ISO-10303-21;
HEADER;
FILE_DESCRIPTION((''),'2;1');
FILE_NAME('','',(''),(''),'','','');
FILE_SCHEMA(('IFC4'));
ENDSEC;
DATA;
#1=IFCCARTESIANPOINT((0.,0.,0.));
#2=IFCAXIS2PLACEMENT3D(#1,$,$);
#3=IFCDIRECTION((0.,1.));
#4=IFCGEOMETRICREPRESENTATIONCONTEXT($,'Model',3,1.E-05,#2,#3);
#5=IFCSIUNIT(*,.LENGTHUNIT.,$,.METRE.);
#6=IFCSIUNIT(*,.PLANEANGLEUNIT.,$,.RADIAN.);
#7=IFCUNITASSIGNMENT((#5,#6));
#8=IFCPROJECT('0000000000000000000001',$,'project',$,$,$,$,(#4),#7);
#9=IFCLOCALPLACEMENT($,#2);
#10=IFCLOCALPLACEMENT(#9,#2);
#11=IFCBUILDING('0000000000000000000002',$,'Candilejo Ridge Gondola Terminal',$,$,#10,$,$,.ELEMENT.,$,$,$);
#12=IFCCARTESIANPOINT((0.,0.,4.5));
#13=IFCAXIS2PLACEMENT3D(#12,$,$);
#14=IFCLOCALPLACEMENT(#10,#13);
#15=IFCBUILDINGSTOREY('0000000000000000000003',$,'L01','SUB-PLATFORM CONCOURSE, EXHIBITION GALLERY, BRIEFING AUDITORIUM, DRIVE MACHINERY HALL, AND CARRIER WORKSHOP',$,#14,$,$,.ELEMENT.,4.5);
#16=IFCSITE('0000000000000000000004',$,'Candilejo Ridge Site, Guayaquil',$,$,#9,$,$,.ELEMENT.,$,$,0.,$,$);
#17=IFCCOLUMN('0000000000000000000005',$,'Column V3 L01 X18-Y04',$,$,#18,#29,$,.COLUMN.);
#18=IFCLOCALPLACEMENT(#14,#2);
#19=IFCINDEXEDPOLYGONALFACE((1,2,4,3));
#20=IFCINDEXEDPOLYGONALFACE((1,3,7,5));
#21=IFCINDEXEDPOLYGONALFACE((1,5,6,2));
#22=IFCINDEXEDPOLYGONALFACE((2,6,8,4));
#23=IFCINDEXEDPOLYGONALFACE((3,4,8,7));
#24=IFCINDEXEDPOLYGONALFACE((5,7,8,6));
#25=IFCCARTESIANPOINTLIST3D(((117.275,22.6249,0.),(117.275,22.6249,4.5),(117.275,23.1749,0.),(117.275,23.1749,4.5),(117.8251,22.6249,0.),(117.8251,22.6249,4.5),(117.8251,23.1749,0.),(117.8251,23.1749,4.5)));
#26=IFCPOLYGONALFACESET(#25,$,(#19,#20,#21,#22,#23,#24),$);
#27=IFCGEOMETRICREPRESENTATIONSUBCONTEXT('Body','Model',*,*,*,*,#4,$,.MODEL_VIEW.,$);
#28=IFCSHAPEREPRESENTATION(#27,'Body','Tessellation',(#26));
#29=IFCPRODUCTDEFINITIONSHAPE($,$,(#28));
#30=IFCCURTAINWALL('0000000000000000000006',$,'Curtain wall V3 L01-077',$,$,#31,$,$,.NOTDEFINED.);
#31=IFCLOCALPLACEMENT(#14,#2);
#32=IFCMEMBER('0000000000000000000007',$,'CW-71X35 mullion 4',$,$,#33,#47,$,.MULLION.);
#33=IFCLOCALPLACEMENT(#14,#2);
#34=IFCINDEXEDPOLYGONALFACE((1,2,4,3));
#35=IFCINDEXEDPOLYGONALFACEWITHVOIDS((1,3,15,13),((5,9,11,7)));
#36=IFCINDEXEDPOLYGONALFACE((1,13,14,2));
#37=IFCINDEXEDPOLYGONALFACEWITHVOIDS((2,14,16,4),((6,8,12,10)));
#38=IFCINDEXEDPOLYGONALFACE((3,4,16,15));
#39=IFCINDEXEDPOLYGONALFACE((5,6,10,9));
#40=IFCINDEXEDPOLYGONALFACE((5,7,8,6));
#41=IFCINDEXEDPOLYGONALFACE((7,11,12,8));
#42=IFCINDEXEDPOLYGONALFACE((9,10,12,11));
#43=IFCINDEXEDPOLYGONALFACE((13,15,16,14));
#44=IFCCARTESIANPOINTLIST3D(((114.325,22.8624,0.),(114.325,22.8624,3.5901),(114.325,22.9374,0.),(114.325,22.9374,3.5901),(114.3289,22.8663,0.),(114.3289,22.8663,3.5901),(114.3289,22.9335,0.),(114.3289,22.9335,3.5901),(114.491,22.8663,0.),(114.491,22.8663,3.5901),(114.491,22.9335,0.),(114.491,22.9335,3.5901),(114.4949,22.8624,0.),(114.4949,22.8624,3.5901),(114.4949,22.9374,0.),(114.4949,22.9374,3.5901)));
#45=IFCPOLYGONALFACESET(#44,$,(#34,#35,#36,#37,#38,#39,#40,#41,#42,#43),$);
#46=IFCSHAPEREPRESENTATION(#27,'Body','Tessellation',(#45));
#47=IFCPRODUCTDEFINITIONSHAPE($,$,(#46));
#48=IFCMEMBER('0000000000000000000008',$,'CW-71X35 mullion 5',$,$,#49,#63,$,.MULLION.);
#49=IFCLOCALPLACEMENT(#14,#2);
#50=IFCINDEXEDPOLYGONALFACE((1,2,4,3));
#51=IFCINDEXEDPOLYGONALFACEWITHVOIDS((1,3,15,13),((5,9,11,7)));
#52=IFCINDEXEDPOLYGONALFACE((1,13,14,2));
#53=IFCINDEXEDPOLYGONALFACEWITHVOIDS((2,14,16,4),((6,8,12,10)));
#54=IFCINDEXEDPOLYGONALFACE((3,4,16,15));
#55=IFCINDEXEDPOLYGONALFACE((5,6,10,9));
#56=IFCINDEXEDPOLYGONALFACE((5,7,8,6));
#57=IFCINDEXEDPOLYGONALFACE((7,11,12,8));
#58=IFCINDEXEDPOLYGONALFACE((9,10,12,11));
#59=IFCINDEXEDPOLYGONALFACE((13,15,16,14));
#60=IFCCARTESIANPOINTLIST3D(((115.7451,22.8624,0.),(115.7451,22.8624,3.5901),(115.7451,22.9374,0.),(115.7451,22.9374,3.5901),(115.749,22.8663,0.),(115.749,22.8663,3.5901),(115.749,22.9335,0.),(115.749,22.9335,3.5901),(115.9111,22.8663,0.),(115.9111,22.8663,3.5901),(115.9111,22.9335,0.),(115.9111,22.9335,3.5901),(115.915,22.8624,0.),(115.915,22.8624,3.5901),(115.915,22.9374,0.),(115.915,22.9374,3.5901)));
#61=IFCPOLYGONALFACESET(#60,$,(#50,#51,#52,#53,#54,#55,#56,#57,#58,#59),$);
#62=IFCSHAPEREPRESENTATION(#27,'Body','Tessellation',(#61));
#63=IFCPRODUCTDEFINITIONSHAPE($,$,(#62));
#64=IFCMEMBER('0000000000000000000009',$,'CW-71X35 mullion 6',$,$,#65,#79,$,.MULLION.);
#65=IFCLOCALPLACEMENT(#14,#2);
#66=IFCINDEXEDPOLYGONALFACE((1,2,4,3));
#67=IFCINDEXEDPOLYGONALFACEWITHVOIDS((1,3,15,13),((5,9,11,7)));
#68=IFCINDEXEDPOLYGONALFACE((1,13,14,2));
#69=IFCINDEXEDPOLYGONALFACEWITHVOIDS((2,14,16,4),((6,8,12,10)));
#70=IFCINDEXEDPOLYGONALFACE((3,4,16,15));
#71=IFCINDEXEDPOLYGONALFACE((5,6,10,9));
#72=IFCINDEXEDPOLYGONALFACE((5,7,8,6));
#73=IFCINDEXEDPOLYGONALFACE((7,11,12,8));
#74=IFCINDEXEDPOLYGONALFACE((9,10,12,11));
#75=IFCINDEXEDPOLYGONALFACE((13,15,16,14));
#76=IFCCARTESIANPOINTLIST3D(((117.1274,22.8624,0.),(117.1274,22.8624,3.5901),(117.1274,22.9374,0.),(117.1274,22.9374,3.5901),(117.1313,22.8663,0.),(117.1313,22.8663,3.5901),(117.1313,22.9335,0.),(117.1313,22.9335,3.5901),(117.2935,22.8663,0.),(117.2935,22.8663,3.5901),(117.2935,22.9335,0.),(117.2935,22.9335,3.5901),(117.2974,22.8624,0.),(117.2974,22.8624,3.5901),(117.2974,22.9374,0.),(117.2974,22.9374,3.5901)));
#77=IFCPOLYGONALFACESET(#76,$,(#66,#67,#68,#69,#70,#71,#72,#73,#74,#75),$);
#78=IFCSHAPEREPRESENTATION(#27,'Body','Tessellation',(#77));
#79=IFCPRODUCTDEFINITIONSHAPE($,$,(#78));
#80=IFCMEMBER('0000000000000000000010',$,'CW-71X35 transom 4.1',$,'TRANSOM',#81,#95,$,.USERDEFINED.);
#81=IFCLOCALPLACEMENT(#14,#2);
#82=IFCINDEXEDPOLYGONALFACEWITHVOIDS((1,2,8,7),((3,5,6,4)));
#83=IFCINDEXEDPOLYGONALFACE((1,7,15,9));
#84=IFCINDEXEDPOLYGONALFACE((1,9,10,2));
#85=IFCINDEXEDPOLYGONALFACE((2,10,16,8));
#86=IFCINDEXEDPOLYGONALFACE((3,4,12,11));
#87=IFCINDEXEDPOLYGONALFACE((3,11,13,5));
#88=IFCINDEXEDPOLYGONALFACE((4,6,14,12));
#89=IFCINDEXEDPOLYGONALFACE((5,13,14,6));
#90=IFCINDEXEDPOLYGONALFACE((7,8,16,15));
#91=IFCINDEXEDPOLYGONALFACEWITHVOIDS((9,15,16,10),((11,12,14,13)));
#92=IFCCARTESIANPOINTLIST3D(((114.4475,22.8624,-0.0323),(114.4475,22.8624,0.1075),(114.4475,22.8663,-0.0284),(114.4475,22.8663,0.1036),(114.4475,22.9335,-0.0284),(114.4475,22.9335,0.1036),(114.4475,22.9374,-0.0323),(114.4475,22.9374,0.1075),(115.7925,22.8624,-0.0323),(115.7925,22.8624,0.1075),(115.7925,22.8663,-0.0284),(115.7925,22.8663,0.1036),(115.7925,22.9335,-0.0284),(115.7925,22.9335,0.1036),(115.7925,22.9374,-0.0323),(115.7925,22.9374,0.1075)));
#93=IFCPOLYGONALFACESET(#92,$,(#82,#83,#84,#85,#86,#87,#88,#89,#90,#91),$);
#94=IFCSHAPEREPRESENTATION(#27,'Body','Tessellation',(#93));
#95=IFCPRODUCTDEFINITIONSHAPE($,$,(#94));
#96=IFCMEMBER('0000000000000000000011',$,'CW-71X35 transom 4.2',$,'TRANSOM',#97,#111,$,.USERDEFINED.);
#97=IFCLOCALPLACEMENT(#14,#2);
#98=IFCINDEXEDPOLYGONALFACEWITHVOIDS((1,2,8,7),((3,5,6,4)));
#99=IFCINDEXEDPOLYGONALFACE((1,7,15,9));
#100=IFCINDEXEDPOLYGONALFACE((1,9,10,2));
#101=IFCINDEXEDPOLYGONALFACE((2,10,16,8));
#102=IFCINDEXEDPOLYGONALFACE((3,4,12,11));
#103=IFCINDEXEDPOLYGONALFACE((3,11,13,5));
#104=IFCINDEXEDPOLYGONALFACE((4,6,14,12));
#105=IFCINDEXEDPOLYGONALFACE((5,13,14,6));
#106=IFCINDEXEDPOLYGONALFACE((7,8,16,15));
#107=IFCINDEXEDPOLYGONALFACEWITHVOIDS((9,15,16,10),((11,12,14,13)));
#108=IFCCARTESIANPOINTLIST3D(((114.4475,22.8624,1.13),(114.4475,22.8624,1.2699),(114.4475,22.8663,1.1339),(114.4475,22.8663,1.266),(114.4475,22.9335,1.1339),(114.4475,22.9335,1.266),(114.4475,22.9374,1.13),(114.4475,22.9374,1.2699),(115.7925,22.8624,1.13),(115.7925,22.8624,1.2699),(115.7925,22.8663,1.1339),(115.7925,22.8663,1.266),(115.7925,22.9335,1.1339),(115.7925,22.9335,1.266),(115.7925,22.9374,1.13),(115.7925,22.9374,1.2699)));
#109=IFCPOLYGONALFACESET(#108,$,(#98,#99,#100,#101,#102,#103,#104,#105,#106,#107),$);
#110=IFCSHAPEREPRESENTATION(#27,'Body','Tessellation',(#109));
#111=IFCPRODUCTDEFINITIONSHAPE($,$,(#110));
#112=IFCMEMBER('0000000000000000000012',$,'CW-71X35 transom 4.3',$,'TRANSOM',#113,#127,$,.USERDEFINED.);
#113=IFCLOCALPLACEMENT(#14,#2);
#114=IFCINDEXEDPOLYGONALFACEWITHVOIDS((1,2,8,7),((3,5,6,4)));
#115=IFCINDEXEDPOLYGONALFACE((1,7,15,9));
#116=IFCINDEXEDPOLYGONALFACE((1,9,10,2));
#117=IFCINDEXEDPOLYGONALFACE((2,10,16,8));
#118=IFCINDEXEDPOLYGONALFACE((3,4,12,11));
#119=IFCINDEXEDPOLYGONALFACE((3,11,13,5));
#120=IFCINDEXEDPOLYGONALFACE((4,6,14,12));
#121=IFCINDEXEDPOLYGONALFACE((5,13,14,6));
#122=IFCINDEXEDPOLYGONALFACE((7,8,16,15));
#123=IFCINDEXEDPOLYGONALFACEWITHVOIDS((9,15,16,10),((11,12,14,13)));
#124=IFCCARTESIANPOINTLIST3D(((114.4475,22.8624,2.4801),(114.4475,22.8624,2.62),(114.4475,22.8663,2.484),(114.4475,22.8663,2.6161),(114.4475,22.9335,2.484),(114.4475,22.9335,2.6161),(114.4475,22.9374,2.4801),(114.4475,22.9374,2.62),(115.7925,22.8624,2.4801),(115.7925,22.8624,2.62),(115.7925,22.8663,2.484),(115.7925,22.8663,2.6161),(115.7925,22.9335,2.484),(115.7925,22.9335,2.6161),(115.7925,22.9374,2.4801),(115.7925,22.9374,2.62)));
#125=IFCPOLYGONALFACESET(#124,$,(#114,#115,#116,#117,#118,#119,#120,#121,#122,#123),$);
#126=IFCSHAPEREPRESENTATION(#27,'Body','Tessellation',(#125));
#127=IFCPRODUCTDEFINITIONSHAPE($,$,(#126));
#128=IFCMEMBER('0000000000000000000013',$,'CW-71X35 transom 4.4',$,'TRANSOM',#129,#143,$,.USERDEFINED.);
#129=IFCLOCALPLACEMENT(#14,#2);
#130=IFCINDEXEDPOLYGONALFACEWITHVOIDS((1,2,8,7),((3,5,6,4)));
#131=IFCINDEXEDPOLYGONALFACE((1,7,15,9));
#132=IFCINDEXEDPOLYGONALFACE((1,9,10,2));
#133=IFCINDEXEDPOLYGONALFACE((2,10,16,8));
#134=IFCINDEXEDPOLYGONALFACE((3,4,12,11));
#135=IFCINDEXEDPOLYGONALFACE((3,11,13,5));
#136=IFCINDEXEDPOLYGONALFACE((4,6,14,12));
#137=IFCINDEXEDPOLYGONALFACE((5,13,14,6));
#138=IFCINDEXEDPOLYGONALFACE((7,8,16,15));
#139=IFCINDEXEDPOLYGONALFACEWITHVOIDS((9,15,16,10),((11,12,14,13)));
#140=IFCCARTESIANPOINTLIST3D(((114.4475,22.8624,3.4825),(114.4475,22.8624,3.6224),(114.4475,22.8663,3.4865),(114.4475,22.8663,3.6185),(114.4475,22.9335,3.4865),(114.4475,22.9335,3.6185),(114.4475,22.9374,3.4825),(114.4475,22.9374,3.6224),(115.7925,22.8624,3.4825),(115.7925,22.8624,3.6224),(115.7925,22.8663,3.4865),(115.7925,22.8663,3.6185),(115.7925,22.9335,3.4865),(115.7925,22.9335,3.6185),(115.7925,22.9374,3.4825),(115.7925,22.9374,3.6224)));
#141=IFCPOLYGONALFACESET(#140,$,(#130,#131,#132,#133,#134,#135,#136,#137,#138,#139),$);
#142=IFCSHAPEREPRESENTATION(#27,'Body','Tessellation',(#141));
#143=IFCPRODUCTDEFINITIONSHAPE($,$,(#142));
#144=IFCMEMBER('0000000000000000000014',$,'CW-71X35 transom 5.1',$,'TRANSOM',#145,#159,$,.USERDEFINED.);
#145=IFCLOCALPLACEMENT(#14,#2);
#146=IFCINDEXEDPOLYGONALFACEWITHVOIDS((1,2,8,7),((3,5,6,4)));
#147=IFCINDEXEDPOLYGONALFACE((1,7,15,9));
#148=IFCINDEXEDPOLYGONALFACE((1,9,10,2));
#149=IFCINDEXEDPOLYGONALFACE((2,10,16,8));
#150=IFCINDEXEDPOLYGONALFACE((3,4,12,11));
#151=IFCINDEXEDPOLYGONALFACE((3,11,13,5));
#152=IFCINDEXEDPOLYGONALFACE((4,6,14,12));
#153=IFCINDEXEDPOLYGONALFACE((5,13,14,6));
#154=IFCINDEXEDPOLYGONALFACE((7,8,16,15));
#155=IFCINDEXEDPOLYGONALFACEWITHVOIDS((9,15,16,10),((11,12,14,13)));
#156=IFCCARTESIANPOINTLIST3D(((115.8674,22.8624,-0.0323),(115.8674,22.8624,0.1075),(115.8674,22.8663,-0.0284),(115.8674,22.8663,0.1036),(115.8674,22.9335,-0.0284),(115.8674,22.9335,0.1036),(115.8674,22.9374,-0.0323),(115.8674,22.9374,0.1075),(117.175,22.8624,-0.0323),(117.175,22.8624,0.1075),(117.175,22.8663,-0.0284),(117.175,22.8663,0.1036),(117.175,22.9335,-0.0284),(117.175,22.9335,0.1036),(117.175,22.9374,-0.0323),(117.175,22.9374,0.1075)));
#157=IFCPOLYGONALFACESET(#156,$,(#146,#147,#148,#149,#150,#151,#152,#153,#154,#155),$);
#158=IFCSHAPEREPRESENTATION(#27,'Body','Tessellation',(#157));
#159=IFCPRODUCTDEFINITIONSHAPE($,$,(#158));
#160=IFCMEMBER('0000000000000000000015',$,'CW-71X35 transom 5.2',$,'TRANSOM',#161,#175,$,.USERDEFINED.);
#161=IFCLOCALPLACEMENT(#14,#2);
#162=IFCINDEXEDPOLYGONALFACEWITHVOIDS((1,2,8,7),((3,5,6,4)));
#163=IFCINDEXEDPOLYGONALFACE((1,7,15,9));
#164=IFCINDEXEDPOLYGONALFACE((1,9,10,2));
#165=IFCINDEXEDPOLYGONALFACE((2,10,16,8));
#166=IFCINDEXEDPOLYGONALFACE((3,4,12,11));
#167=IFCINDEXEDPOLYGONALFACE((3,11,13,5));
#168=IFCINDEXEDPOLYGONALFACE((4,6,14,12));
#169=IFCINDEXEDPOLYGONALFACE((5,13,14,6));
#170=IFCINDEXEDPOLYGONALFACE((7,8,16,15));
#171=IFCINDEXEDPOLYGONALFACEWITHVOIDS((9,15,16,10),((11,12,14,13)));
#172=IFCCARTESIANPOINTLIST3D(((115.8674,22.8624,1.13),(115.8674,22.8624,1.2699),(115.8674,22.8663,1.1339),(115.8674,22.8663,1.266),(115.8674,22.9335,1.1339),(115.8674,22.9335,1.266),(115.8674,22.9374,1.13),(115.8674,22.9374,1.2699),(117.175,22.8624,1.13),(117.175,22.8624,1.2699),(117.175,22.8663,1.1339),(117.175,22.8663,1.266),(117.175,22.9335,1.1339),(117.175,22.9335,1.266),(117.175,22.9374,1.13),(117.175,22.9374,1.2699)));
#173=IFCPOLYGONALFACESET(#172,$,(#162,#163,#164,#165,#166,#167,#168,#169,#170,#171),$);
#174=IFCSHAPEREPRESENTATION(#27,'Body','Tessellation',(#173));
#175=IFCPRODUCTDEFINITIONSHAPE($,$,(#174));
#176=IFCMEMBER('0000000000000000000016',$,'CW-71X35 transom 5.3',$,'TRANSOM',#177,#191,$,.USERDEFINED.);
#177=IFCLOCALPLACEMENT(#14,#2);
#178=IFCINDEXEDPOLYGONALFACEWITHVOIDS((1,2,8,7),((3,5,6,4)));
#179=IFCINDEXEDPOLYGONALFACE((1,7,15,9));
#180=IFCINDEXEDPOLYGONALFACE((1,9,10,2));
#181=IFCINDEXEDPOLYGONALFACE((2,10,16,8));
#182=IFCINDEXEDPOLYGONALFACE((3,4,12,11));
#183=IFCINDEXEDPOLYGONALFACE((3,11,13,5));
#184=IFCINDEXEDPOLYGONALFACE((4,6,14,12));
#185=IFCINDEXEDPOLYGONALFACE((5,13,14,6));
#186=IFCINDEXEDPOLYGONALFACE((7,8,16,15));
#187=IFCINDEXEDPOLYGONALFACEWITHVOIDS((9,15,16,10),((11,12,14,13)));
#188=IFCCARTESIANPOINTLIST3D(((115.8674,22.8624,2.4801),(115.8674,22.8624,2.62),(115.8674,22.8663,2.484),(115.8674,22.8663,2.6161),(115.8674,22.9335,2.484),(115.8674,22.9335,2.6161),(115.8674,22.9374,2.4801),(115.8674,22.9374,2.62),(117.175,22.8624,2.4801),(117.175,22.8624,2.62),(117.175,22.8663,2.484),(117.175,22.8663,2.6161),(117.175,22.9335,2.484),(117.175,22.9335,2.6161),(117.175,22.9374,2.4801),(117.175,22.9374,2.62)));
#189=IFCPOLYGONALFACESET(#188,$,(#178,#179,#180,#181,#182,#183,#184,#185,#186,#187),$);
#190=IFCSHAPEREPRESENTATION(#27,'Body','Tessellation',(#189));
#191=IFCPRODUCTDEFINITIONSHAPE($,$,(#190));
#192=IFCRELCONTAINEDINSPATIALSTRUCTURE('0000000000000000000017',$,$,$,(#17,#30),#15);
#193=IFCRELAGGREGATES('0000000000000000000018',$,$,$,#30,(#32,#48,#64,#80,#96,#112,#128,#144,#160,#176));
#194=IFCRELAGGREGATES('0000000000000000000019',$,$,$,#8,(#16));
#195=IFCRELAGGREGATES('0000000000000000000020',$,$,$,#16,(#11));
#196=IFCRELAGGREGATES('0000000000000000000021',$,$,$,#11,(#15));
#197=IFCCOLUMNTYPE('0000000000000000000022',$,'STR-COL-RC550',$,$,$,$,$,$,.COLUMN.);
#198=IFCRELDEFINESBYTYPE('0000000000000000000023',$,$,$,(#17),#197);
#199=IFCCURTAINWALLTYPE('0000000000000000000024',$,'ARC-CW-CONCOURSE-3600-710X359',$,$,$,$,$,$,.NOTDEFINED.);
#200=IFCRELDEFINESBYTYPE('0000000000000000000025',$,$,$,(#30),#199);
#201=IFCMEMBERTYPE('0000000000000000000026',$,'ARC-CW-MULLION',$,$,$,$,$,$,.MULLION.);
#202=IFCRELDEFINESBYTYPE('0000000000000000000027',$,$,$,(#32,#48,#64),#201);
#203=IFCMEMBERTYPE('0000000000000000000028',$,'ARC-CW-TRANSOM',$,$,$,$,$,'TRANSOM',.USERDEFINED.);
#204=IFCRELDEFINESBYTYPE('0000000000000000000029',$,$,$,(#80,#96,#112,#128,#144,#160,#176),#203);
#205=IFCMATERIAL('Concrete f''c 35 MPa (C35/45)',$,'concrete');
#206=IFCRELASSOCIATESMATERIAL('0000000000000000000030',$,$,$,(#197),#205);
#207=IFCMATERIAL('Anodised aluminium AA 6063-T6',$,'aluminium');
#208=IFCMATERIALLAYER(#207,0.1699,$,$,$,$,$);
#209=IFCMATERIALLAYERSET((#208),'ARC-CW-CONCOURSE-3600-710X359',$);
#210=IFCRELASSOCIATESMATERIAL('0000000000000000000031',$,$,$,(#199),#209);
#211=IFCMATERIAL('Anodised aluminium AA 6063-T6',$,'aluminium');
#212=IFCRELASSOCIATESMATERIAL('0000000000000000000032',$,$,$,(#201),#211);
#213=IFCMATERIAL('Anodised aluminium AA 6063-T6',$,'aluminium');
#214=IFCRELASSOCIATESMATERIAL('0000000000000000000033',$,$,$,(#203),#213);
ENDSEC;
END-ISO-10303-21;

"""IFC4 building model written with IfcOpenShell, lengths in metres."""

from ifc_helpers import new_model, si_unit, direction, frame, origin, origin_2d, place, context, subcontext, project, spatial, rectangle, hollow_rectangle, extrude, material, layer, layer_set, material_profile, profile_set, type_object, element, aggregate, save


model = new_model("IFC4")

# Units and contexts
model_context = context("Model", 3, precision=1e-05, world=origin(), true_north=direction((0.0, 1.0)))
body_context = subcontext(model_context, "Body", "Model", "MODEL_VIEW")
ifc_project = project(units=[si_unit("LENGTHUNIT", "METRE"), si_unit("PLANEANGLEUNIT", "RADIAN")], contexts=[model_context])

# Site, building, storey
site_placement = place(None, origin())
site = spatial("IfcSite", under=ifc_project, at=site_placement, Name="Candilejo Ridge Site, Guayaquil", CompositionType="ELEMENT", RefElevation=0.0)
building_placement = place(site_placement, origin())
building = spatial("IfcBuilding", under=site, at=building_placement, Name="Candilejo Ridge Gondola Terminal", CompositionType="ELEMENT")
storey_placement = place(building_placement, frame((0.0, 0.0, 4.5)))
storey = spatial("IfcBuildingStorey", under=building, at=storey_placement, Name="L01", Description="SUB-PLATFORM CONCOURSE, EXHIBITION GALLERY, BRIEFING AUDITORIUM, DRIVE MACHINERY HALL, AND CARRIER WORKSHOP", CompositionType="ELEMENT", Elevation=4.5)

# Column
ifc_material_1 = material(Name="Concrete f'c 35 MPa (C35/45)", Category="concrete")
ifc_material_profile_1 = material_profile(ifc_material_1, rectangle(XDim=0.55, YDim=0.55, at=origin_2d()))
ifc_profile_set_1 = profile_set([ifc_material_profile_1], Name="Concrete f'c 35 MPa (C35/45)")
column_type = type_object("IfcColumnType", Name="STR-COL-RC550", PredefinedType="COLUMN", material=ifc_profile_set_1)
column_placement = place(storey_placement, frame((117.55, 22.8999, 0.0), z_axis=(0.0, 0.0, 1.0), x_axis=(1.0, 0.0, 0.0)))
element("IfcColumn", 1, at=column_placement, inside=storey, type_object=column_type, Name="Column V3 L01 X18-Y04", PredefinedType="COLUMN", context=body_context, shape_type="SweptSolid", body=[
    extrude(rectangle(XDim=0.55, YDim=0.55, at=origin_2d()), origin(), (0.0, 0.0, 1.0), 4.5),
])

# Curtain wall, members
ifc_material_2 = material(Name="Anodised aluminium AA 6063-T6", Category="aluminium")
ifc_layer_1 = layer(ifc_material_2, 0.1699)
ifc_layer_set_1 = layer_set([ifc_layer_1], Name="ARC-CW-CONCOURSE-3600-710X359")
curtain_wall_type = type_object("IfcCurtainWallType", Name="ARC-CW-CONCOURSE-3600-710X359", PredefinedType="NOTDEFINED", material=ifc_layer_set_1)
curtain_wall_placement = place(storey_placement, origin())
curtain_wall = element("IfcCurtainWall", 2, at=curtain_wall_placement, inside=storey, type_object=curtain_wall_type, Name="Curtain wall V3 L01-077", PredefinedType="NOTDEFINED")
ifc_material_3 = material(Name="Anodised aluminium AA 6063-T6", Category="aluminium")
ifc_material_profile_2 = material_profile(ifc_material_3, hollow_rectangle(XDim=0.075, YDim=0.1699, WallThickness=0.0039, at=origin_2d()))
ifc_profile_set_2 = profile_set([ifc_material_profile_2], Name="Anodised aluminium AA 6063-T6")
member_type_1 = type_object("IfcMemberType", Name="ARC-CW-MULLION", PredefinedType="MULLION", material=ifc_profile_set_2)
member_1_placement = place(storey_placement, frame((114.4099, 22.8999, 0.0), z_axis=(0.0, 0.0, 1.0), x_axis=(0.0, 1.0, 0.0)))
member_1 = element("IfcMember", 3, at=member_1_placement, type_object=member_type_1, Name="CW-71X35 mullion 4", PredefinedType="MULLION", context=body_context, shape_type="SweptSolid", body=[
    extrude(hollow_rectangle(XDim=0.075, YDim=0.1699, WallThickness=0.0039, at=origin_2d()), origin(), (0.0, 0.0, 1.0), 3.5901),
])
member_2_placement = place(storey_placement, frame((115.8301, 22.8999, 0.0), z_axis=(0.0, 0.0, 1.0), x_axis=(0.0, 1.0, 0.0)))
member_2 = element("IfcMember", 4, at=member_2_placement, type_object=member_type_1, Name="CW-71X35 mullion 5", PredefinedType="MULLION", context=body_context, shape_type="SweptSolid", body=[
    extrude(hollow_rectangle(XDim=0.075, YDim=0.1699, WallThickness=0.0039, at=origin_2d()), origin(), (0.0, 0.0, 1.0), 3.5901),
])
member_3_placement = place(storey_placement, frame((117.2124, 22.8999, 0.0), z_axis=(0.0, 0.0, 1.0), x_axis=(0.0, 1.0, 0.0)))
member_3 = element("IfcMember", 5, at=member_3_placement, type_object=member_type_1, Name="CW-71X35 mullion 6", PredefinedType="MULLION", context=body_context, shape_type="SweptSolid", body=[
    extrude(hollow_rectangle(XDim=0.075, YDim=0.1699, WallThickness=0.0039, at=origin_2d()), origin(), (0.0, 0.0, 1.0), 3.5901),
])
ifc_material_4 = material(Name="Anodised aluminium AA 6063-T6", Category="aluminium")
ifc_material_profile_3 = material_profile(ifc_material_4, hollow_rectangle(XDim=0.075, YDim=0.1399, WallThickness=0.0039, at=origin_2d()))
ifc_profile_set_3 = profile_set([ifc_material_profile_3], Name="Anodised aluminium AA 6063-T6")
member_type_2 = type_object("IfcMemberType", Name="ARC-CW-TRANSOM", ElementType="TRANSOM", PredefinedType="USERDEFINED", material=ifc_profile_set_3)
member_4_placement = place(storey_placement, frame((114.4475, 22.8999, 0.0376), z_axis=(1.0, 0.0, 0.0), x_axis=(0.0, 1.0, 0.0)))
member_4 = element("IfcMember", 6, at=member_4_placement, type_object=member_type_2, Name="CW-71X35 transom 4.1", ObjectType="TRANSOM", PredefinedType="USERDEFINED", context=body_context, shape_type="SweptSolid", body=[
    extrude(hollow_rectangle(XDim=0.075, YDim=0.1399, WallThickness=0.0039, at=origin_2d()), origin(), (0.0, 0.0, 1.0), 1.345),
])
member_5_placement = place(storey_placement, frame((114.4475, 22.8999, 1.2), z_axis=(1.0, 0.0, 0.0), x_axis=(0.0, 1.0, 0.0)))
member_5 = element("IfcMember", 7, at=member_5_placement, type_object=member_type_2, Name="CW-71X35 transom 4.2", ObjectType="TRANSOM", PredefinedType="USERDEFINED", context=body_context, shape_type="SweptSolid", body=[
    extrude(hollow_rectangle(XDim=0.075, YDim=0.1399, WallThickness=0.0039, at=origin_2d()), origin(), (0.0, 0.0, 1.0), 1.345),
])
member_6_placement = place(storey_placement, frame((114.4475, 22.8999, 2.55), z_axis=(1.0, 0.0, 0.0), x_axis=(0.0, 1.0, 0.0)))
member_6 = element("IfcMember", 8, at=member_6_placement, type_object=member_type_2, Name="CW-71X35 transom 4.3", ObjectType="TRANSOM", PredefinedType="USERDEFINED", context=body_context, shape_type="SweptSolid", body=[
    extrude(hollow_rectangle(XDim=0.075, YDim=0.1399, WallThickness=0.0039, at=origin_2d()), origin(), (0.0, 0.0, 1.0), 1.345),
])
member_7_placement = place(storey_placement, frame((114.4475, 22.8999, 3.5525), z_axis=(1.0, 0.0, 0.0), x_axis=(0.0, 1.0, 0.0)))
member_7 = element("IfcMember", 9, at=member_7_placement, type_object=member_type_2, Name="CW-71X35 transom 4.4", ObjectType="TRANSOM", PredefinedType="USERDEFINED", context=body_context, shape_type="SweptSolid", body=[
    extrude(hollow_rectangle(XDim=0.075, YDim=0.1399, WallThickness=0.0039, at=origin_2d()), origin(), (0.0, 0.0, 1.0), 1.345),
])
member_8_placement = place(storey_placement, frame((115.8674, 22.8999, 0.0376), z_axis=(1.0, 0.0, 0.0), x_axis=(0.0, 1.0, 0.0)))
member_8 = element("IfcMember", 10, at=member_8_placement, type_object=member_type_2, Name="CW-71X35 transom 5.1", ObjectType="TRANSOM", PredefinedType="USERDEFINED", context=body_context, shape_type="SweptSolid", body=[
    extrude(hollow_rectangle(XDim=0.075, YDim=0.1399, WallThickness=0.0039, at=origin_2d()), origin(), (0.0, 0.0, 1.0), 1.3076),
])
member_9_placement = place(storey_placement, frame((115.8674, 22.8999, 1.2), z_axis=(1.0, 0.0, 0.0), x_axis=(0.0, 1.0, 0.0)))
member_9 = element("IfcMember", 11, at=member_9_placement, type_object=member_type_2, Name="CW-71X35 transom 5.2", ObjectType="TRANSOM", PredefinedType="USERDEFINED", context=body_context, shape_type="SweptSolid", body=[
    extrude(hollow_rectangle(XDim=0.075, YDim=0.1399, WallThickness=0.0039, at=origin_2d()), origin(), (0.0, 0.0, 1.0), 1.3076),
])
member_10_placement = place(storey_placement, frame((115.8674, 22.8999, 2.55), z_axis=(1.0, 0.0, 0.0), x_axis=(0.0, 1.0, 0.0)))
member_10 = element("IfcMember", 12, at=member_10_placement, type_object=member_type_2, Name="CW-71X35 transom 5.3", ObjectType="TRANSOM", PredefinedType="USERDEFINED", context=body_context, shape_type="SweptSolid", body=[
    extrude(hollow_rectangle(XDim=0.075, YDim=0.1399, WallThickness=0.0039, at=origin_2d()), origin(), (0.0, 0.0, 1.0), 1.3076),
])

aggregate(curtain_wall, [member_1, member_2, member_3, member_4, member_5, member_6, member_7, member_8, member_9, member_10])

save(model, "model.ifc")
